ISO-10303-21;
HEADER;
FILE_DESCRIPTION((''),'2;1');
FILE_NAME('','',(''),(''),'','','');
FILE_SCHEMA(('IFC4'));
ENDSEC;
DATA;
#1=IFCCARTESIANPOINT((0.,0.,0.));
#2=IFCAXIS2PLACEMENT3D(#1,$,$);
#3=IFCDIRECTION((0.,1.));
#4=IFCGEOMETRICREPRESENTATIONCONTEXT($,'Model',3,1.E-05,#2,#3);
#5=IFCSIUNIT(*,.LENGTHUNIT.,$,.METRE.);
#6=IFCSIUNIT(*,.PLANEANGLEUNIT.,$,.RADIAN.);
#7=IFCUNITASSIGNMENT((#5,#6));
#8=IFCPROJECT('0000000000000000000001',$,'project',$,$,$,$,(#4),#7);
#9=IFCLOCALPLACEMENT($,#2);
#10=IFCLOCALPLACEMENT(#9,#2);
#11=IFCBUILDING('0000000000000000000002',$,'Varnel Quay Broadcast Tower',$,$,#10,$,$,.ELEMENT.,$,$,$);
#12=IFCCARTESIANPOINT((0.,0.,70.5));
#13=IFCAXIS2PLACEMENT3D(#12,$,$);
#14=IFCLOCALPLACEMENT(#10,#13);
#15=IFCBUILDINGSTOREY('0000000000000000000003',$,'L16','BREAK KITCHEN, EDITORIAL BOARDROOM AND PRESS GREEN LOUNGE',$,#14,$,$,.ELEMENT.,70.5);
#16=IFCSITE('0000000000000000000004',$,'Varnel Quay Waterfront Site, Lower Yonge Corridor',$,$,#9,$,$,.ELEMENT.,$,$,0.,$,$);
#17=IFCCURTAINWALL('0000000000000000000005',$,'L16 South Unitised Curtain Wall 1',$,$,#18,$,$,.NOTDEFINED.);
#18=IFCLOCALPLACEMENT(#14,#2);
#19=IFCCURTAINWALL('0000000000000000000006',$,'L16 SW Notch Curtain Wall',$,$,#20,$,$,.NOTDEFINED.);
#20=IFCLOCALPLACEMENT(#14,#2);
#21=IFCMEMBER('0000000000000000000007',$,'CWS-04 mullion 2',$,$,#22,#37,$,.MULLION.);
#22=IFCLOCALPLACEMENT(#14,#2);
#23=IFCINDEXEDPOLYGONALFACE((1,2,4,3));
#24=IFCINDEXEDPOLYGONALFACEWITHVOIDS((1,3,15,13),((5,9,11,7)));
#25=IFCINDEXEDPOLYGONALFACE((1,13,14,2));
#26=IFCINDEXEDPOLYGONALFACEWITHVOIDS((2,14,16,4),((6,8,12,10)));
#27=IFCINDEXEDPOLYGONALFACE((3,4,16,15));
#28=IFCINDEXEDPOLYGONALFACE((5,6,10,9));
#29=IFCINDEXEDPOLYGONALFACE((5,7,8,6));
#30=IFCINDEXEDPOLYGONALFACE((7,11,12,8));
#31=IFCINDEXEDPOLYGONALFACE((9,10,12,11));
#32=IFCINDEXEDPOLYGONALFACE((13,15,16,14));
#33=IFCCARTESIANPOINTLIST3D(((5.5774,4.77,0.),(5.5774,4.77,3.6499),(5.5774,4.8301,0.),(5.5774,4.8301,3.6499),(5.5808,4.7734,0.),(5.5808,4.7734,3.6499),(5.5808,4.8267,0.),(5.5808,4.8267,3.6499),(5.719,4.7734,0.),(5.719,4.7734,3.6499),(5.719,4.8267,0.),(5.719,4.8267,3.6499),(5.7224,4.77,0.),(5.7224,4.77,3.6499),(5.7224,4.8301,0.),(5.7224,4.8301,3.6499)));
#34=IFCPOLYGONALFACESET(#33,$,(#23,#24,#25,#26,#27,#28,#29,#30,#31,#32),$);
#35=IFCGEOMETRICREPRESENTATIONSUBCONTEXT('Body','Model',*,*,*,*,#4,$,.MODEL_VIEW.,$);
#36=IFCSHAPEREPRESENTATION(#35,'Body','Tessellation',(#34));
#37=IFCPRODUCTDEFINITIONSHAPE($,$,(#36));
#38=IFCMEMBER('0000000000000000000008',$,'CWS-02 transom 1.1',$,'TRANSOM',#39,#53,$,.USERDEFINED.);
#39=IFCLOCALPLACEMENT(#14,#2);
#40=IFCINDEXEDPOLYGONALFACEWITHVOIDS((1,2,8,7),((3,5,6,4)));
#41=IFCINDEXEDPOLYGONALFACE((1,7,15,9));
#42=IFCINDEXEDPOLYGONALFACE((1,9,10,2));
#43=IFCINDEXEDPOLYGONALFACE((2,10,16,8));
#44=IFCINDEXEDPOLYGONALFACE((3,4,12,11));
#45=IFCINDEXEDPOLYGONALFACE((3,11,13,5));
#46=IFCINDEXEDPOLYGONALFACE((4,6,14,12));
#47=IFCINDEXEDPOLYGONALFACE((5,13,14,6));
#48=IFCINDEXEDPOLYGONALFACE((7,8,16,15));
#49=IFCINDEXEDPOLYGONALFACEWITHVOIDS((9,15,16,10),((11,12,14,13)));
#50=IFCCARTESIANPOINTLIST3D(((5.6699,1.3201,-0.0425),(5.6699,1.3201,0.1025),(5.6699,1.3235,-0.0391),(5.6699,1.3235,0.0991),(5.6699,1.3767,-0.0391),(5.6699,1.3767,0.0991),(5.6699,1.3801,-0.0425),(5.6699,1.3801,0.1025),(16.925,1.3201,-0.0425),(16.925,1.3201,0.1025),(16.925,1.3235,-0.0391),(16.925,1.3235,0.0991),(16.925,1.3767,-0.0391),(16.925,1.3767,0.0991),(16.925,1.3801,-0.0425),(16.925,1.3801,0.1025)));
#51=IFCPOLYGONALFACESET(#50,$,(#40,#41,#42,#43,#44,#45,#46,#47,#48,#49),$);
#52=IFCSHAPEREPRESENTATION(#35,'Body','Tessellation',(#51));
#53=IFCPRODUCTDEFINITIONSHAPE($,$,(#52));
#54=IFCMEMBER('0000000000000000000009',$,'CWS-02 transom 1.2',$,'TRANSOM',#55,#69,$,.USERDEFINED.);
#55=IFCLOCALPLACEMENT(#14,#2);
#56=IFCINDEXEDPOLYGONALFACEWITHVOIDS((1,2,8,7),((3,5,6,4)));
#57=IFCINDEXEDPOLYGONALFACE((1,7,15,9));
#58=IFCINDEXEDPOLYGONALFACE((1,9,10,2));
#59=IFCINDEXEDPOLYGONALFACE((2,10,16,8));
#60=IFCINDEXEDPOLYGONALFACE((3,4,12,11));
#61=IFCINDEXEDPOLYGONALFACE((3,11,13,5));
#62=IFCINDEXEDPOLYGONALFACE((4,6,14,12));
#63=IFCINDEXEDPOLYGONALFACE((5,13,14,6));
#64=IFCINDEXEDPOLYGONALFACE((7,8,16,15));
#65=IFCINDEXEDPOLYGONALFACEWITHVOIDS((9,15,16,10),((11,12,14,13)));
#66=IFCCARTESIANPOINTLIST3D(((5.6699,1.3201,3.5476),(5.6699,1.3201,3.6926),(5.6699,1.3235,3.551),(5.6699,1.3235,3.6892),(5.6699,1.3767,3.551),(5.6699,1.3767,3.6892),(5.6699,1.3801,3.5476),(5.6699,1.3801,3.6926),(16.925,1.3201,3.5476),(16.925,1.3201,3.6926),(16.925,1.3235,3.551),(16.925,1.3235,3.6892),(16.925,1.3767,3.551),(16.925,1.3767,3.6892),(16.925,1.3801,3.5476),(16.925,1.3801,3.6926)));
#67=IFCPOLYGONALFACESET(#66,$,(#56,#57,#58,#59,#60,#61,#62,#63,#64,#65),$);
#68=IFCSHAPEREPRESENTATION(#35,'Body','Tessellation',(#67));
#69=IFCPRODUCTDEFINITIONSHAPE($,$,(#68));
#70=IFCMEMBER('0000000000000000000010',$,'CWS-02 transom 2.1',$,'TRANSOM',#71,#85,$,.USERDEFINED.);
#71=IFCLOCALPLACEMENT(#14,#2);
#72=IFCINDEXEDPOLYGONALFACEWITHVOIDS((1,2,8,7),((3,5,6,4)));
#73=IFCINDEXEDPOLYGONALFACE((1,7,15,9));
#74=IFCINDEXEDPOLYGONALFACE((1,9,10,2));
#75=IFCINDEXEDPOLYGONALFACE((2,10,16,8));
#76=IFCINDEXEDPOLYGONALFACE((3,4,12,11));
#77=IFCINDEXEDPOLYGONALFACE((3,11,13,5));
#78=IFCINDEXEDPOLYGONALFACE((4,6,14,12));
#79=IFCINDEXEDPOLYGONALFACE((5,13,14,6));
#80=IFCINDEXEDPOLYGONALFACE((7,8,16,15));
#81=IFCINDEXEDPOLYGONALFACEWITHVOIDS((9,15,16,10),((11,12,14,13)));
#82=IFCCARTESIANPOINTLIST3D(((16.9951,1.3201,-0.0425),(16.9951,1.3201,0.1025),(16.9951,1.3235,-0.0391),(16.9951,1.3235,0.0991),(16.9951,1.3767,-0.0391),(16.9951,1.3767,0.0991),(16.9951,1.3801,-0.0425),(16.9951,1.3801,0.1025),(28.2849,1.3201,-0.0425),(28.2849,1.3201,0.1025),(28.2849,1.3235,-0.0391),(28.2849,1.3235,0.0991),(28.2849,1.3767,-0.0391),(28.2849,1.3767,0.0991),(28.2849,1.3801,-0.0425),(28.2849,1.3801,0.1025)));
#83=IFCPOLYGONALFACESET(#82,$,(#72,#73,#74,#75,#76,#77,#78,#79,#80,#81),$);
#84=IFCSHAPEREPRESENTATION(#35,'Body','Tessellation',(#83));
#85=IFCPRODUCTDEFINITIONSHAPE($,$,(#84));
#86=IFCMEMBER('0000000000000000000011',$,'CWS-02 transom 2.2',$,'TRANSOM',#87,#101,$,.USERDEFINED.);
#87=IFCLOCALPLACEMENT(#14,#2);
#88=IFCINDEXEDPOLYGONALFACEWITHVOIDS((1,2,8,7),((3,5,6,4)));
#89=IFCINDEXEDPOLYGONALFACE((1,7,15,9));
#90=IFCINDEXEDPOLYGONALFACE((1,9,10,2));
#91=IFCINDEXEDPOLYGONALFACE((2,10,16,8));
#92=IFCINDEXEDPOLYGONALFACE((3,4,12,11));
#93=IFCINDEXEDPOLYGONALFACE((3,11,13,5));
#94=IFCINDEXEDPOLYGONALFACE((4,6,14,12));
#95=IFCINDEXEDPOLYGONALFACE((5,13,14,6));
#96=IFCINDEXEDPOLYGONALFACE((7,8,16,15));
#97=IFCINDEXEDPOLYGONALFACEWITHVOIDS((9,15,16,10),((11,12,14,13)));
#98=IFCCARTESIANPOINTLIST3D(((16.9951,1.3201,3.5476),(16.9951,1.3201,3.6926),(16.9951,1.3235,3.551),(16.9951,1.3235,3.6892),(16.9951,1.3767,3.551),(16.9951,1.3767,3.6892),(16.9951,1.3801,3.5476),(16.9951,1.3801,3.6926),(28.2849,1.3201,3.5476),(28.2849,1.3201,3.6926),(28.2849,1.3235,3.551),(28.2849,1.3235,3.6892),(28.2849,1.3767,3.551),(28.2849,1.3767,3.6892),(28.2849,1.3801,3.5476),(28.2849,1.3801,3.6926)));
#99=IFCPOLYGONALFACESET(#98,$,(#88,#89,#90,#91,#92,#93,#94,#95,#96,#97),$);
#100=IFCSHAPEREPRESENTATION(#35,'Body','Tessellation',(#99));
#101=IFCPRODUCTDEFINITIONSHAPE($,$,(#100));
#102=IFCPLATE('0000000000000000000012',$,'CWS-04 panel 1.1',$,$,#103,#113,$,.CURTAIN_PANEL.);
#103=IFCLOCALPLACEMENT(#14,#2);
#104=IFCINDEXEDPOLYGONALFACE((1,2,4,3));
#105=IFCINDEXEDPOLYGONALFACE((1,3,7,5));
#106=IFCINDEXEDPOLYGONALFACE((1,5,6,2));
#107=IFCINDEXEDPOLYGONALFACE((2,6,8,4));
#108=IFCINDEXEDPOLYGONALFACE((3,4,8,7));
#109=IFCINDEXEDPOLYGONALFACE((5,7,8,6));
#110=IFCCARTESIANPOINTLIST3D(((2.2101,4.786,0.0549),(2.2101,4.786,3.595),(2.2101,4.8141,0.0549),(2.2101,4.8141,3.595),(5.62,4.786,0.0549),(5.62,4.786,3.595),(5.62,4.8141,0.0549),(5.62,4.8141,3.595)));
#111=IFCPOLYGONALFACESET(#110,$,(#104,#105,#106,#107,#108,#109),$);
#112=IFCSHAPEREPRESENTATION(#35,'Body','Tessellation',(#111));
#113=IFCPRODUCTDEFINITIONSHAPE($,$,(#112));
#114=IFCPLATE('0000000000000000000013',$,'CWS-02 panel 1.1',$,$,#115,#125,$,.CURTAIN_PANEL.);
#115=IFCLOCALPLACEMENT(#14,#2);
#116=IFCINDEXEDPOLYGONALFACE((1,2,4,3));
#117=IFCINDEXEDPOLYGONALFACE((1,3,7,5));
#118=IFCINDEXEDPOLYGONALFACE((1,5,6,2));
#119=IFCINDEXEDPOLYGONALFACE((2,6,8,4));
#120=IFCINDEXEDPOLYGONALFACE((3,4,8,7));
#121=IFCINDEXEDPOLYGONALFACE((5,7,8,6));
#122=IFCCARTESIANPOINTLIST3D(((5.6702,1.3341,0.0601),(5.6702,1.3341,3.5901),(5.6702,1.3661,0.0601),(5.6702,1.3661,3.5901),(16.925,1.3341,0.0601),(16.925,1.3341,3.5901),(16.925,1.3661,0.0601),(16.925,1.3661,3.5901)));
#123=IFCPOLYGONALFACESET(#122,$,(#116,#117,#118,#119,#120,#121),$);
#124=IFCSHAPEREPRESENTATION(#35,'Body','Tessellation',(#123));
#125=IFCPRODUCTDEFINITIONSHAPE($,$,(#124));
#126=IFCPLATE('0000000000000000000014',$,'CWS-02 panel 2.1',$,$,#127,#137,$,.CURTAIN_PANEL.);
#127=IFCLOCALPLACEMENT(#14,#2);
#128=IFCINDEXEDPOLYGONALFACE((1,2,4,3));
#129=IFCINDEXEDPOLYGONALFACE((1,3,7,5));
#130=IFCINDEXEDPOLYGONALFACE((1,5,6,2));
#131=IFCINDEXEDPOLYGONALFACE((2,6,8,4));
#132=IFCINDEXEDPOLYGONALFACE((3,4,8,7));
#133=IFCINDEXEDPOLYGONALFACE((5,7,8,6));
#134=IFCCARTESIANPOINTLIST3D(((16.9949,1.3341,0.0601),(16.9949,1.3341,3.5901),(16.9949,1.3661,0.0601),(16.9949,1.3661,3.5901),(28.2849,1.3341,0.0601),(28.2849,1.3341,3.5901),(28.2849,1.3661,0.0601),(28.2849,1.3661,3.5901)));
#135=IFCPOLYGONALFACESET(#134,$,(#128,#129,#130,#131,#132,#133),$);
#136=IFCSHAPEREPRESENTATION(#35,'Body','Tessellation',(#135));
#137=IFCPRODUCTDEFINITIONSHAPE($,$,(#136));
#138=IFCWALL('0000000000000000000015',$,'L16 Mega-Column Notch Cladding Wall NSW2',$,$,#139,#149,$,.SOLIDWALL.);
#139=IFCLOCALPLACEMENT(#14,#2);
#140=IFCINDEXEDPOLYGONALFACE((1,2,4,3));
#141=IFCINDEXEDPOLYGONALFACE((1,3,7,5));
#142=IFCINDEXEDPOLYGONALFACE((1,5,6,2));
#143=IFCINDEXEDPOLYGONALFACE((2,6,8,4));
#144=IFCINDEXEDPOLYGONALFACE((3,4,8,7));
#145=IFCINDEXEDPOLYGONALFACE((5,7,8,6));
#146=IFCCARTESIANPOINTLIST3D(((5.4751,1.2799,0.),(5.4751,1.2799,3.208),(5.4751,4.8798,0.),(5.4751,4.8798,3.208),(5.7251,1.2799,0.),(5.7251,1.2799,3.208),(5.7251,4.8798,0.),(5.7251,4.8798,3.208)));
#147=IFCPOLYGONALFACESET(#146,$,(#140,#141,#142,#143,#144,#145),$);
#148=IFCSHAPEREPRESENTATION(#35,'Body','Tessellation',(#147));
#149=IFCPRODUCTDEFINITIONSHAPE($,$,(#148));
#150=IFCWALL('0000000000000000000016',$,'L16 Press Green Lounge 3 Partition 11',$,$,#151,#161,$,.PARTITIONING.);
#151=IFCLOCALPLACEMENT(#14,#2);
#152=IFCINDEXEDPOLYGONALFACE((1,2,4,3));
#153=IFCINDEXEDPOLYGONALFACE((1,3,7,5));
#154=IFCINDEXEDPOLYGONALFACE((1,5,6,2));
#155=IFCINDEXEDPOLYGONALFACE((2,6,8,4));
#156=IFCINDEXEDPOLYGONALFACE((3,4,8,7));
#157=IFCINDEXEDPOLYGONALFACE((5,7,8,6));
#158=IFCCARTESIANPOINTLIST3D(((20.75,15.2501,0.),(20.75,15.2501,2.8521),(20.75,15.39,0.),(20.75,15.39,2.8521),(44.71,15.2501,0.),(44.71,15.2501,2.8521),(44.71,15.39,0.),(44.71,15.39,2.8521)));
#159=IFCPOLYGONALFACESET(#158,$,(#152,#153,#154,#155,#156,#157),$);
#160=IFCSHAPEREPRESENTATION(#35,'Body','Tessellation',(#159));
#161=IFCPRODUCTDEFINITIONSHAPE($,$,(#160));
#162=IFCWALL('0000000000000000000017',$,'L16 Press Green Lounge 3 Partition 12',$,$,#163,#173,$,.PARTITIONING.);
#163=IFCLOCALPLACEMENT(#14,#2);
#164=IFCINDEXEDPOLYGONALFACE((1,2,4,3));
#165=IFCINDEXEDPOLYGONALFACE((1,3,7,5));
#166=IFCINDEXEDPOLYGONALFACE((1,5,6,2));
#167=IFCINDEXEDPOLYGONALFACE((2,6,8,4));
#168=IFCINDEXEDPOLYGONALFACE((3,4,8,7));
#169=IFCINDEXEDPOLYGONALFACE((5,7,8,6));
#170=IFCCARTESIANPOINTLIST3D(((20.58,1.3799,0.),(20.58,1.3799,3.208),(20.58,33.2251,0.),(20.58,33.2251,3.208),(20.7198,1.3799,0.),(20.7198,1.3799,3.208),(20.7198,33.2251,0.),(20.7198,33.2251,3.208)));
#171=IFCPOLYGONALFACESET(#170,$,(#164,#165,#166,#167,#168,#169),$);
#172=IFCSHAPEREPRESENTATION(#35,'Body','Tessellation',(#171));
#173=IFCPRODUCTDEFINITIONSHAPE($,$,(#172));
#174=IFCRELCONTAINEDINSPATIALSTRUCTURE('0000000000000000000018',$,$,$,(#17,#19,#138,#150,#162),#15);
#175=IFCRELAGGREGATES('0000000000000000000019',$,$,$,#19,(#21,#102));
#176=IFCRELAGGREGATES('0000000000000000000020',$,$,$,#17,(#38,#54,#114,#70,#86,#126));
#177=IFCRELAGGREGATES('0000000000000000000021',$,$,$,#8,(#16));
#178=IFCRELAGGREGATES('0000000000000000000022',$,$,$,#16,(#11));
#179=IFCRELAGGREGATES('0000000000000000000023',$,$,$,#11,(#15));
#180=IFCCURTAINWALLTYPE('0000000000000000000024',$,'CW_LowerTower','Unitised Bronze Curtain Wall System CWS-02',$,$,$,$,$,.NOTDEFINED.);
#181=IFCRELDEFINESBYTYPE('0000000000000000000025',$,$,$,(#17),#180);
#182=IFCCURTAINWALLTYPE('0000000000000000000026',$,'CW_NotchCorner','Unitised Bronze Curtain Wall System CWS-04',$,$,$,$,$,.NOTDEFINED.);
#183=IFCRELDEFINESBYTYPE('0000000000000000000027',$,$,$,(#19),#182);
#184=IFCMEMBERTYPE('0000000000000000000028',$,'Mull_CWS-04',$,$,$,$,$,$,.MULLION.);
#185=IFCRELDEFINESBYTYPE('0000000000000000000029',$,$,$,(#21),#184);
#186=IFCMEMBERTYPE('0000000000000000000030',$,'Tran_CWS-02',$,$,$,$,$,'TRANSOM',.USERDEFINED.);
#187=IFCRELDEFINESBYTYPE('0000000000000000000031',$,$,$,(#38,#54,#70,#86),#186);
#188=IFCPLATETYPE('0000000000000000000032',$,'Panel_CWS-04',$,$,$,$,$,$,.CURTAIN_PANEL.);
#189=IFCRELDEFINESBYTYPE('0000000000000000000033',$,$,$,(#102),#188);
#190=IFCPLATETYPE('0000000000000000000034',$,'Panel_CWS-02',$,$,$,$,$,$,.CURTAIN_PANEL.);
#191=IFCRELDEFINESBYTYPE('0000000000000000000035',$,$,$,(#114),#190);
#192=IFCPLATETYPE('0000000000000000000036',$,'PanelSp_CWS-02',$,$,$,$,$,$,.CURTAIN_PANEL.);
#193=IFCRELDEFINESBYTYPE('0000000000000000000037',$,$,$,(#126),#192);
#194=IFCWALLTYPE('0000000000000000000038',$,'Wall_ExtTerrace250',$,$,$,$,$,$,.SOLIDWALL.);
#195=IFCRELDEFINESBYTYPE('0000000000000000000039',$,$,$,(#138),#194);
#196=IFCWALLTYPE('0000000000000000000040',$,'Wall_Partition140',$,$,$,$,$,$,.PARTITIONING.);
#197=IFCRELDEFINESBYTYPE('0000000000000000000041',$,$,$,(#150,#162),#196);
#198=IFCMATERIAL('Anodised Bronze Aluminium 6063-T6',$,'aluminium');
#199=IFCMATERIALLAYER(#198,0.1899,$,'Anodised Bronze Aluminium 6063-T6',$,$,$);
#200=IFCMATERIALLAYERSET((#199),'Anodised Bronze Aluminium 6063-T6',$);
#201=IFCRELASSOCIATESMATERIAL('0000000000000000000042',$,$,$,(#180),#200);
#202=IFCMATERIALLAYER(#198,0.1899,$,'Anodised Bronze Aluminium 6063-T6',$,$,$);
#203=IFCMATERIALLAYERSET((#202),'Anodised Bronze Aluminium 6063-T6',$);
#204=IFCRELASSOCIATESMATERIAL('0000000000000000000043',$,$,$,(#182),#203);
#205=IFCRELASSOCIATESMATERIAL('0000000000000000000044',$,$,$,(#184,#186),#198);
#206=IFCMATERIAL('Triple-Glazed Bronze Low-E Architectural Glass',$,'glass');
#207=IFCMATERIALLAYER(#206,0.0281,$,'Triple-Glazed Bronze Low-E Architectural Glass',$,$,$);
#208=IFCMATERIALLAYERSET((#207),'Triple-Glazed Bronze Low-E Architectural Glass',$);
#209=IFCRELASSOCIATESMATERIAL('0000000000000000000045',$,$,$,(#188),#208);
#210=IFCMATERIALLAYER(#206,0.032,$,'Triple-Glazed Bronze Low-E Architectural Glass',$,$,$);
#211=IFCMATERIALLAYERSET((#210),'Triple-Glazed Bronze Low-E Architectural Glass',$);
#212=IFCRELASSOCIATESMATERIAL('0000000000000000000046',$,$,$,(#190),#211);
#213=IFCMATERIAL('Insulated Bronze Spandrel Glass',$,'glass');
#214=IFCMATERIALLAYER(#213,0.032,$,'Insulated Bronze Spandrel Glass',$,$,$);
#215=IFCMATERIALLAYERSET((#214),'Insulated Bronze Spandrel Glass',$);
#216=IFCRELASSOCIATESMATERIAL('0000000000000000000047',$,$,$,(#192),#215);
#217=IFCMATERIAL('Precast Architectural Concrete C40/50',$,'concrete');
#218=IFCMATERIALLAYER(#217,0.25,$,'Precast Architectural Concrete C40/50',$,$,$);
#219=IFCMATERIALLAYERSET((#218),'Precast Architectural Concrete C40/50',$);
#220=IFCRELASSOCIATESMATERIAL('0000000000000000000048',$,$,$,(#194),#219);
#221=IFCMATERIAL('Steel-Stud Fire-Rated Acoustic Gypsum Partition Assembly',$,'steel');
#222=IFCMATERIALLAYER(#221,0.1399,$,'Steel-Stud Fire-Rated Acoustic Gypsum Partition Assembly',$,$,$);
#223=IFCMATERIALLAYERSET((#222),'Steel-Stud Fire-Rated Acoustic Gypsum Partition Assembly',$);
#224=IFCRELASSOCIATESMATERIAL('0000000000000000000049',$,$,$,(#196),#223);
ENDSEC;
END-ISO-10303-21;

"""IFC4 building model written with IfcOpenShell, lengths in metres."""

from ifc_helpers import new_model, si_unit, direction, frame, frame_2d, origin, origin_2d, place, context, subcontext, project, spatial, rectangle, hollow_rectangle, extrude, source, transform, mapped, material, layer, layer_set, material_profile, profile_set, type_object, type_shapes, element, aggregate, save


model = new_model("IFC4")

# Units and contexts
model_context = context("Model", 3, precision=1e-05, world=origin(), true_north=direction((0.0, 1.0)))
body_context = subcontext(model_context, "Body", "Model", "MODEL_VIEW")
ifc_project = project(units=[si_unit("LENGTHUNIT", "METRE"), si_unit("PLANEANGLEUNIT", "RADIAN")], contexts=[model_context])

# Site, building, storey
site_placement = place(None, origin())
site = spatial("IfcSite", under=ifc_project, at=site_placement, Name="Varnel Quay Waterfront Site, Lower Yonge Corridor", CompositionType="ELEMENT", RefElevation=0.0)
building_placement = place(site_placement, origin())
building = spatial("IfcBuilding", under=site, at=building_placement, Name="Varnel Quay Broadcast Tower", CompositionType="ELEMENT")
storey_placement = place(building_placement, frame((0.0, 0.0, 70.5)))
storey = spatial("IfcBuildingStorey", under=building, at=storey_placement, Name="L16", Description="BREAK KITCHEN, EDITORIAL BOARDROOM AND PRESS GREEN LOUNGE", CompositionType="ELEMENT", Elevation=70.5)

# Curtain wall
ifc_material_1 = material(Name="Anodised Bronze Aluminium 6063-T6", Category="aluminium")
ifc_layer_1 = layer(ifc_material_1, 0.1899, Name="Anodised Bronze Aluminium 6063-T6")
ifc_layer_set_1 = layer_set([ifc_layer_1], Name="Anodised Bronze Aluminium 6063-T6")
curtain_wall_type_1 = type_object("IfcCurtainWallType", Name="CW_LowerTower", Description="Unitised Bronze Curtain Wall System CWS-02", PredefinedType="NOTDEFINED", material=ifc_layer_set_1)
curtain_wall_1_placement = place(storey_placement, origin())
curtain_wall_1 = element("IfcCurtainWall", 1, at=curtain_wall_1_placement, inside=storey, type_object=curtain_wall_type_1, Name="L16 South Unitised Curtain Wall 1", PredefinedType="NOTDEFINED")

# Curtain wall, member
ifc_layer_2 = layer(ifc_material_1, 0.1899, Name="Anodised Bronze Aluminium 6063-T6")
ifc_layer_set_2 = layer_set([ifc_layer_2], Name="Anodised Bronze Aluminium 6063-T6")
curtain_wall_type_2 = type_object("IfcCurtainWallType", Name="CW_NotchCorner", Description="Unitised Bronze Curtain Wall System CWS-04", PredefinedType="NOTDEFINED", material=ifc_layer_set_2)
curtain_wall_2_placement = place(storey_placement, origin())
curtain_wall_2 = element("IfcCurtainWall", 2, at=curtain_wall_2_placement, inside=storey, type_object=curtain_wall_type_2, Name="L16 SW Notch Curtain Wall", PredefinedType="NOTDEFINED")
ifc_material_profile_1 = material_profile(ifc_material_1, hollow_rectangle(XDim=0.0601, YDim=0.145, WallThickness=0.0034, at=origin_2d()), Name="ALU60X145X3.5")
ifc_profile_set_1 = profile_set([ifc_material_profile_1], Name="Anodised Bronze Aluminium 6063-T6")
member_type_1 = type_object("IfcMemberType", Name="Mull_CWS-04", PredefinedType="MULLION", material=ifc_profile_set_1)
shared_shape_1 = source(origin(), body_context, "Body", "SweptSolid", [
    extrude(hollow_rectangle(XDim=0.0601, YDim=0.145, WallThickness=0.0034, at=origin_2d()), origin(), (0.0, 0.0, 1.0), 3.6499),
])
type_shapes(member_type_1, [shared_shape_1])
member_1_placement = place(storey_placement, frame((5.6499, 4.8, 0.0), z_axis=(0.0, 0.0, 1.0), x_axis=(0.0, 1.0, 0.0)))
member_1 = element("IfcMember", 3, at=member_1_placement, type_object=member_type_1, Name="CWS-04 mullion 2", PredefinedType="MULLION", context=body_context, shape_type="MappedRepresentation", body=[
    mapped(shared_shape_1, transform((0.0, 0.0, 0.0), x_axis=(1.0, 0.0, 0.0), y_axis=(0.0, 1.0, 0.0), z_axis=(0.0, 0.0, 1.0), scale=1.0)),
])

# Members
ifc_material_profile_2 = material_profile(ifc_material_1, hollow_rectangle(XDim=0.0601, YDim=0.145, WallThickness=0.0034, at=origin_2d()), Name="ALU60X145X3.5")
ifc_profile_set_2 = profile_set([ifc_material_profile_2], Name="Anodised Bronze Aluminium 6063-T6")
member_type_2 = type_object("IfcMemberType", Name="Tran_CWS-02", ElementType="TRANSOM", PredefinedType="USERDEFINED", material=ifc_profile_set_2)
shared_shape_2 = source(origin(), body_context, "Body", "SweptSolid", [
    extrude(hollow_rectangle(XDim=0.0601, YDim=0.145, WallThickness=0.0034, at=origin_2d()), origin(), (0.0, 0.0, 1.0), 11.2551),
])
member_2_placement = place(storey_placement, frame((5.6699, 1.3501, 0.03), z_axis=(1.0, 0.0, 0.0), x_axis=(0.0, 1.0, 0.0)))
member_2 = element("IfcMember", 4, at=member_2_placement, type_object=member_type_2, Name="CWS-02 transom 1.1", ObjectType="TRANSOM", PredefinedType="USERDEFINED", context=body_context, shape_type="MappedRepresentation", body=[
    mapped(shared_shape_2, transform((0.0, 0.0, 0.0), x_axis=(1.0, 0.0, 0.0), y_axis=(0.0, 1.0, 0.0), z_axis=(0.0, 0.0, 1.0), scale=1.0)),
])
member_3_placement = place(storey_placement, frame((5.6699, 1.3501, 3.6201), z_axis=(1.0, 0.0, 0.0), x_axis=(0.0, 1.0, 0.0)))
member_3 = element("IfcMember", 5, at=member_3_placement, type_object=member_type_2, Name="CWS-02 transom 1.2", ObjectType="TRANSOM", PredefinedType="USERDEFINED", context=body_context, shape_type="MappedRepresentation", body=[
    mapped(shared_shape_2, transform((0.0, 0.0, 0.0), x_axis=(1.0, 0.0, 0.0), y_axis=(0.0, 1.0, 0.0), z_axis=(0.0, 0.0, 1.0), scale=1.0)),
])
shared_shape_3 = source(origin(), body_context, "Body", "SweptSolid", [
    extrude(hollow_rectangle(XDim=0.0601, YDim=0.145, WallThickness=0.0034, at=origin_2d()), origin(), (0.0, 0.0, 1.0), 11.2898),
])
type_shapes(member_type_2, [shared_shape_2, shared_shape_3])
member_4_placement = place(storey_placement, frame((16.9951, 1.3501, 0.03), z_axis=(1.0, 0.0, 0.0), x_axis=(0.0, 1.0, 0.0)))
member_4 = element("IfcMember", 6, at=member_4_placement, type_object=member_type_2, Name="CWS-02 transom 2.1", ObjectType="TRANSOM", PredefinedType="USERDEFINED", context=body_context, shape_type="MappedRepresentation", body=[
    mapped(shared_shape_3, transform((0.0, 0.0, 0.0), x_axis=(1.0, 0.0, 0.0), y_axis=(0.0, 1.0, 0.0), z_axis=(0.0, 0.0, 1.0), scale=1.0)),
])
member_5_placement = place(storey_placement, frame((16.9951, 1.3501, 3.6201), z_axis=(1.0, 0.0, 0.0), x_axis=(0.0, 1.0, 0.0)))
member_5 = element("IfcMember", 7, at=member_5_placement, type_object=member_type_2, Name="CWS-02 transom 2.2", ObjectType="TRANSOM", PredefinedType="USERDEFINED", context=body_context, shape_type="MappedRepresentation", body=[
    mapped(shared_shape_3, transform((0.0, 0.0, 0.0), x_axis=(1.0, 0.0, 0.0), y_axis=(0.0, 1.0, 0.0), z_axis=(0.0, 0.0, 1.0), scale=1.0)),
])

# Plates
ifc_material_2 = material(Name="Triple-Glazed Bronze Low-E Architectural Glass", Category="glass")
ifc_layer_3 = layer(ifc_material_2, 0.0281, Name="Triple-Glazed Bronze Low-E Architectural Glass")
ifc_layer_set_3 = layer_set([ifc_layer_3], Name="Triple-Glazed Bronze Low-E Architectural Glass")
plate_type_1 = type_object("IfcPlateType", Name="Panel_CWS-04", PredefinedType="CURTAIN_PANEL", material=ifc_layer_set_3)
shared_shape_4 = source(origin(), body_context, "Body", "SweptSolid", [
    extrude(rectangle(XDim=3.4099, YDim=0.0281, at=origin_2d()), origin(), (0.0, 0.0, 1.0), 3.54),
])
type_shapes(plate_type_1, [shared_shape_4])
plate_1_placement = place(storey_placement, frame((3.915, 4.8, 0.0549), z_axis=(0.0, 0.0, 1.0), x_axis=(1.0, 0.0, 0.0)))
plate_1 = element("IfcPlate", 8, at=plate_1_placement, type_object=plate_type_1, Name="CWS-04 panel 1.1", PredefinedType="CURTAIN_PANEL", context=body_context, shape_type="MappedRepresentation", body=[
    mapped(shared_shape_4, transform((0.0, 0.0, 0.0), x_axis=(1.0, 0.0, 0.0), y_axis=(0.0, 1.0, 0.0), z_axis=(0.0, 0.0, 1.0), scale=1.0)),
])
aggregate(curtain_wall_2, [member_1, plate_1])
ifc_layer_4 = layer(ifc_material_2, 0.032, Name="Triple-Glazed Bronze Low-E Architectural Glass")
ifc_layer_set_4 = layer_set([ifc_layer_4], Name="Triple-Glazed Bronze Low-E Architectural Glass")
plate_type_2 = type_object("IfcPlateType", Name="Panel_CWS-02", PredefinedType="CURTAIN_PANEL", material=ifc_layer_set_4)
shared_shape_5 = source(origin(), body_context, "Body", "SweptSolid", [
    extrude(rectangle(XDim=11.2549, YDim=0.032, at=origin_2d()), origin(), (0.0, 0.0, 1.0), 3.53),
])
type_shapes(plate_type_2, [shared_shape_5])
plate_2_placement = place(storey_placement, frame((11.2976, 1.3501, 0.0601), z_axis=(0.0, 0.0, 1.0), x_axis=(1.0, 0.0, 0.0)))
plate_2 = element("IfcPlate", 9, at=plate_2_placement, type_object=plate_type_2, Name="CWS-02 panel 1.1", PredefinedType="CURTAIN_PANEL", context=body_context, shape_type="MappedRepresentation", body=[
    mapped(shared_shape_5, transform((0.0, 0.0, 0.0), x_axis=(1.0, 0.0, 0.0), y_axis=(0.0, 1.0, 0.0), z_axis=(0.0, 0.0, 1.0), scale=1.0)),
])
ifc_material_3 = material(Name="Insulated Bronze Spandrel Glass", Category="glass")
ifc_layer_5 = layer(ifc_material_3, 0.032, Name="Insulated Bronze Spandrel Glass")
ifc_layer_set_5 = layer_set([ifc_layer_5], Name="Insulated Bronze Spandrel Glass")
plate_type_3 = type_object("IfcPlateType", Name="PanelSp_CWS-02", PredefinedType="CURTAIN_PANEL", material=ifc_layer_set_5)
shared_shape_6 = source(origin(), body_context, "Body", "SweptSolid", [
    extrude(rectangle(XDim=11.29, YDim=0.032, at=origin_2d()), origin(), (0.0, 0.0, 1.0), 3.53),
])
type_shapes(plate_type_3, [shared_shape_6])
plate_3_placement = place(storey_placement, frame((22.6399, 1.3501, 0.0601), z_axis=(0.0, 0.0, 1.0), x_axis=(1.0, 0.0, 0.0)))
plate_3 = element("IfcPlate", 10, at=plate_3_placement, type_object=plate_type_3, Name="CWS-02 panel 2.1", PredefinedType="CURTAIN_PANEL", context=body_context, shape_type="MappedRepresentation", body=[
    mapped(shared_shape_6, transform((0.0, 0.0, 0.0), x_axis=(1.0, 0.0, 0.0), y_axis=(0.0, 1.0, 0.0), z_axis=(0.0, 0.0, 1.0), scale=1.0)),
])
aggregate(curtain_wall_1, [member_2, member_3, plate_2, member_4, member_5, plate_3])

# Walls
ifc_material_4 = material(Name="Precast Architectural Concrete C40/50", Category="concrete")
ifc_layer_6 = layer(ifc_material_4, 0.25, Name="Precast Architectural Concrete C40/50")
ifc_layer_set_6 = layer_set([ifc_layer_6], Name="Precast Architectural Concrete C40/50")
wall_type_1 = type_object("IfcWallType", Name="Wall_ExtTerrace250", PredefinedType="SOLIDWALL", material=ifc_layer_set_6)
wall_1_placement = place(storey_placement, frame((5.6001, 1.28, 0.0), z_axis=(0.0, 0.0, 1.0), x_axis=(0.0, 1.0, 0.0)))
element("IfcWall", 11, at=wall_1_placement, inside=storey, type_object=wall_type_1, Name="L16 Mega-Column Notch Cladding Wall NSW2", PredefinedType="SOLIDWALL", context=body_context, shape_type="SweptSolid", body=[
    extrude(rectangle(XDim=3.5999, YDim=0.25, at=frame_2d((1.7998, 0.0))), origin(), (0.0, 0.0, 1.0), 3.208),
])
ifc_material_5 = material(Name="Steel-Stud Fire-Rated Acoustic Gypsum Partition Assembly", Category="steel")
ifc_layer_7 = layer(ifc_material_5, 0.1399, Name="Steel-Stud Fire-Rated Acoustic Gypsum Partition Assembly")
ifc_layer_set_7 = layer_set([ifc_layer_7], Name="Steel-Stud Fire-Rated Acoustic Gypsum Partition Assembly")
wall_type_2 = type_object("IfcWallType", Name="Wall_Partition140", PredefinedType="PARTITIONING", material=ifc_layer_set_7)
wall_2_placement = place(storey_placement, frame((20.75, 15.3201, 0.0), z_axis=(0.0, 0.0, 1.0), x_axis=(1.0, 0.0, 0.0)))
element("IfcWall", 12, at=wall_2_placement, inside=storey, type_object=wall_type_2, Name="L16 Press Green Lounge 3 Partition 11", PredefinedType="PARTITIONING", context=body_context, shape_type="SweptSolid", body=[
    extrude(rectangle(XDim=23.96, YDim=0.1399, at=frame_2d((11.98, 0.0))), origin(), (0.0, 0.0, 1.0), 2.8521),
])
wall_3_placement = place(storey_placement, frame((20.6499, 1.3799, 0.0), z_axis=(0.0, 0.0, 1.0), x_axis=(0.0, 1.0, 0.0)))
element("IfcWall", 13, at=wall_3_placement, inside=storey, type_object=wall_type_2, Name="L16 Press Green Lounge 3 Partition 12", PredefinedType="PARTITIONING", context=body_context, shape_type="SweptSolid", body=[
    extrude(rectangle(XDim=31.8452, YDim=0.1399, at=frame_2d((15.9226, 0.0))), origin(), (0.0, 0.0, 1.0), 3.208),
])

save(model, "model.ifc")
